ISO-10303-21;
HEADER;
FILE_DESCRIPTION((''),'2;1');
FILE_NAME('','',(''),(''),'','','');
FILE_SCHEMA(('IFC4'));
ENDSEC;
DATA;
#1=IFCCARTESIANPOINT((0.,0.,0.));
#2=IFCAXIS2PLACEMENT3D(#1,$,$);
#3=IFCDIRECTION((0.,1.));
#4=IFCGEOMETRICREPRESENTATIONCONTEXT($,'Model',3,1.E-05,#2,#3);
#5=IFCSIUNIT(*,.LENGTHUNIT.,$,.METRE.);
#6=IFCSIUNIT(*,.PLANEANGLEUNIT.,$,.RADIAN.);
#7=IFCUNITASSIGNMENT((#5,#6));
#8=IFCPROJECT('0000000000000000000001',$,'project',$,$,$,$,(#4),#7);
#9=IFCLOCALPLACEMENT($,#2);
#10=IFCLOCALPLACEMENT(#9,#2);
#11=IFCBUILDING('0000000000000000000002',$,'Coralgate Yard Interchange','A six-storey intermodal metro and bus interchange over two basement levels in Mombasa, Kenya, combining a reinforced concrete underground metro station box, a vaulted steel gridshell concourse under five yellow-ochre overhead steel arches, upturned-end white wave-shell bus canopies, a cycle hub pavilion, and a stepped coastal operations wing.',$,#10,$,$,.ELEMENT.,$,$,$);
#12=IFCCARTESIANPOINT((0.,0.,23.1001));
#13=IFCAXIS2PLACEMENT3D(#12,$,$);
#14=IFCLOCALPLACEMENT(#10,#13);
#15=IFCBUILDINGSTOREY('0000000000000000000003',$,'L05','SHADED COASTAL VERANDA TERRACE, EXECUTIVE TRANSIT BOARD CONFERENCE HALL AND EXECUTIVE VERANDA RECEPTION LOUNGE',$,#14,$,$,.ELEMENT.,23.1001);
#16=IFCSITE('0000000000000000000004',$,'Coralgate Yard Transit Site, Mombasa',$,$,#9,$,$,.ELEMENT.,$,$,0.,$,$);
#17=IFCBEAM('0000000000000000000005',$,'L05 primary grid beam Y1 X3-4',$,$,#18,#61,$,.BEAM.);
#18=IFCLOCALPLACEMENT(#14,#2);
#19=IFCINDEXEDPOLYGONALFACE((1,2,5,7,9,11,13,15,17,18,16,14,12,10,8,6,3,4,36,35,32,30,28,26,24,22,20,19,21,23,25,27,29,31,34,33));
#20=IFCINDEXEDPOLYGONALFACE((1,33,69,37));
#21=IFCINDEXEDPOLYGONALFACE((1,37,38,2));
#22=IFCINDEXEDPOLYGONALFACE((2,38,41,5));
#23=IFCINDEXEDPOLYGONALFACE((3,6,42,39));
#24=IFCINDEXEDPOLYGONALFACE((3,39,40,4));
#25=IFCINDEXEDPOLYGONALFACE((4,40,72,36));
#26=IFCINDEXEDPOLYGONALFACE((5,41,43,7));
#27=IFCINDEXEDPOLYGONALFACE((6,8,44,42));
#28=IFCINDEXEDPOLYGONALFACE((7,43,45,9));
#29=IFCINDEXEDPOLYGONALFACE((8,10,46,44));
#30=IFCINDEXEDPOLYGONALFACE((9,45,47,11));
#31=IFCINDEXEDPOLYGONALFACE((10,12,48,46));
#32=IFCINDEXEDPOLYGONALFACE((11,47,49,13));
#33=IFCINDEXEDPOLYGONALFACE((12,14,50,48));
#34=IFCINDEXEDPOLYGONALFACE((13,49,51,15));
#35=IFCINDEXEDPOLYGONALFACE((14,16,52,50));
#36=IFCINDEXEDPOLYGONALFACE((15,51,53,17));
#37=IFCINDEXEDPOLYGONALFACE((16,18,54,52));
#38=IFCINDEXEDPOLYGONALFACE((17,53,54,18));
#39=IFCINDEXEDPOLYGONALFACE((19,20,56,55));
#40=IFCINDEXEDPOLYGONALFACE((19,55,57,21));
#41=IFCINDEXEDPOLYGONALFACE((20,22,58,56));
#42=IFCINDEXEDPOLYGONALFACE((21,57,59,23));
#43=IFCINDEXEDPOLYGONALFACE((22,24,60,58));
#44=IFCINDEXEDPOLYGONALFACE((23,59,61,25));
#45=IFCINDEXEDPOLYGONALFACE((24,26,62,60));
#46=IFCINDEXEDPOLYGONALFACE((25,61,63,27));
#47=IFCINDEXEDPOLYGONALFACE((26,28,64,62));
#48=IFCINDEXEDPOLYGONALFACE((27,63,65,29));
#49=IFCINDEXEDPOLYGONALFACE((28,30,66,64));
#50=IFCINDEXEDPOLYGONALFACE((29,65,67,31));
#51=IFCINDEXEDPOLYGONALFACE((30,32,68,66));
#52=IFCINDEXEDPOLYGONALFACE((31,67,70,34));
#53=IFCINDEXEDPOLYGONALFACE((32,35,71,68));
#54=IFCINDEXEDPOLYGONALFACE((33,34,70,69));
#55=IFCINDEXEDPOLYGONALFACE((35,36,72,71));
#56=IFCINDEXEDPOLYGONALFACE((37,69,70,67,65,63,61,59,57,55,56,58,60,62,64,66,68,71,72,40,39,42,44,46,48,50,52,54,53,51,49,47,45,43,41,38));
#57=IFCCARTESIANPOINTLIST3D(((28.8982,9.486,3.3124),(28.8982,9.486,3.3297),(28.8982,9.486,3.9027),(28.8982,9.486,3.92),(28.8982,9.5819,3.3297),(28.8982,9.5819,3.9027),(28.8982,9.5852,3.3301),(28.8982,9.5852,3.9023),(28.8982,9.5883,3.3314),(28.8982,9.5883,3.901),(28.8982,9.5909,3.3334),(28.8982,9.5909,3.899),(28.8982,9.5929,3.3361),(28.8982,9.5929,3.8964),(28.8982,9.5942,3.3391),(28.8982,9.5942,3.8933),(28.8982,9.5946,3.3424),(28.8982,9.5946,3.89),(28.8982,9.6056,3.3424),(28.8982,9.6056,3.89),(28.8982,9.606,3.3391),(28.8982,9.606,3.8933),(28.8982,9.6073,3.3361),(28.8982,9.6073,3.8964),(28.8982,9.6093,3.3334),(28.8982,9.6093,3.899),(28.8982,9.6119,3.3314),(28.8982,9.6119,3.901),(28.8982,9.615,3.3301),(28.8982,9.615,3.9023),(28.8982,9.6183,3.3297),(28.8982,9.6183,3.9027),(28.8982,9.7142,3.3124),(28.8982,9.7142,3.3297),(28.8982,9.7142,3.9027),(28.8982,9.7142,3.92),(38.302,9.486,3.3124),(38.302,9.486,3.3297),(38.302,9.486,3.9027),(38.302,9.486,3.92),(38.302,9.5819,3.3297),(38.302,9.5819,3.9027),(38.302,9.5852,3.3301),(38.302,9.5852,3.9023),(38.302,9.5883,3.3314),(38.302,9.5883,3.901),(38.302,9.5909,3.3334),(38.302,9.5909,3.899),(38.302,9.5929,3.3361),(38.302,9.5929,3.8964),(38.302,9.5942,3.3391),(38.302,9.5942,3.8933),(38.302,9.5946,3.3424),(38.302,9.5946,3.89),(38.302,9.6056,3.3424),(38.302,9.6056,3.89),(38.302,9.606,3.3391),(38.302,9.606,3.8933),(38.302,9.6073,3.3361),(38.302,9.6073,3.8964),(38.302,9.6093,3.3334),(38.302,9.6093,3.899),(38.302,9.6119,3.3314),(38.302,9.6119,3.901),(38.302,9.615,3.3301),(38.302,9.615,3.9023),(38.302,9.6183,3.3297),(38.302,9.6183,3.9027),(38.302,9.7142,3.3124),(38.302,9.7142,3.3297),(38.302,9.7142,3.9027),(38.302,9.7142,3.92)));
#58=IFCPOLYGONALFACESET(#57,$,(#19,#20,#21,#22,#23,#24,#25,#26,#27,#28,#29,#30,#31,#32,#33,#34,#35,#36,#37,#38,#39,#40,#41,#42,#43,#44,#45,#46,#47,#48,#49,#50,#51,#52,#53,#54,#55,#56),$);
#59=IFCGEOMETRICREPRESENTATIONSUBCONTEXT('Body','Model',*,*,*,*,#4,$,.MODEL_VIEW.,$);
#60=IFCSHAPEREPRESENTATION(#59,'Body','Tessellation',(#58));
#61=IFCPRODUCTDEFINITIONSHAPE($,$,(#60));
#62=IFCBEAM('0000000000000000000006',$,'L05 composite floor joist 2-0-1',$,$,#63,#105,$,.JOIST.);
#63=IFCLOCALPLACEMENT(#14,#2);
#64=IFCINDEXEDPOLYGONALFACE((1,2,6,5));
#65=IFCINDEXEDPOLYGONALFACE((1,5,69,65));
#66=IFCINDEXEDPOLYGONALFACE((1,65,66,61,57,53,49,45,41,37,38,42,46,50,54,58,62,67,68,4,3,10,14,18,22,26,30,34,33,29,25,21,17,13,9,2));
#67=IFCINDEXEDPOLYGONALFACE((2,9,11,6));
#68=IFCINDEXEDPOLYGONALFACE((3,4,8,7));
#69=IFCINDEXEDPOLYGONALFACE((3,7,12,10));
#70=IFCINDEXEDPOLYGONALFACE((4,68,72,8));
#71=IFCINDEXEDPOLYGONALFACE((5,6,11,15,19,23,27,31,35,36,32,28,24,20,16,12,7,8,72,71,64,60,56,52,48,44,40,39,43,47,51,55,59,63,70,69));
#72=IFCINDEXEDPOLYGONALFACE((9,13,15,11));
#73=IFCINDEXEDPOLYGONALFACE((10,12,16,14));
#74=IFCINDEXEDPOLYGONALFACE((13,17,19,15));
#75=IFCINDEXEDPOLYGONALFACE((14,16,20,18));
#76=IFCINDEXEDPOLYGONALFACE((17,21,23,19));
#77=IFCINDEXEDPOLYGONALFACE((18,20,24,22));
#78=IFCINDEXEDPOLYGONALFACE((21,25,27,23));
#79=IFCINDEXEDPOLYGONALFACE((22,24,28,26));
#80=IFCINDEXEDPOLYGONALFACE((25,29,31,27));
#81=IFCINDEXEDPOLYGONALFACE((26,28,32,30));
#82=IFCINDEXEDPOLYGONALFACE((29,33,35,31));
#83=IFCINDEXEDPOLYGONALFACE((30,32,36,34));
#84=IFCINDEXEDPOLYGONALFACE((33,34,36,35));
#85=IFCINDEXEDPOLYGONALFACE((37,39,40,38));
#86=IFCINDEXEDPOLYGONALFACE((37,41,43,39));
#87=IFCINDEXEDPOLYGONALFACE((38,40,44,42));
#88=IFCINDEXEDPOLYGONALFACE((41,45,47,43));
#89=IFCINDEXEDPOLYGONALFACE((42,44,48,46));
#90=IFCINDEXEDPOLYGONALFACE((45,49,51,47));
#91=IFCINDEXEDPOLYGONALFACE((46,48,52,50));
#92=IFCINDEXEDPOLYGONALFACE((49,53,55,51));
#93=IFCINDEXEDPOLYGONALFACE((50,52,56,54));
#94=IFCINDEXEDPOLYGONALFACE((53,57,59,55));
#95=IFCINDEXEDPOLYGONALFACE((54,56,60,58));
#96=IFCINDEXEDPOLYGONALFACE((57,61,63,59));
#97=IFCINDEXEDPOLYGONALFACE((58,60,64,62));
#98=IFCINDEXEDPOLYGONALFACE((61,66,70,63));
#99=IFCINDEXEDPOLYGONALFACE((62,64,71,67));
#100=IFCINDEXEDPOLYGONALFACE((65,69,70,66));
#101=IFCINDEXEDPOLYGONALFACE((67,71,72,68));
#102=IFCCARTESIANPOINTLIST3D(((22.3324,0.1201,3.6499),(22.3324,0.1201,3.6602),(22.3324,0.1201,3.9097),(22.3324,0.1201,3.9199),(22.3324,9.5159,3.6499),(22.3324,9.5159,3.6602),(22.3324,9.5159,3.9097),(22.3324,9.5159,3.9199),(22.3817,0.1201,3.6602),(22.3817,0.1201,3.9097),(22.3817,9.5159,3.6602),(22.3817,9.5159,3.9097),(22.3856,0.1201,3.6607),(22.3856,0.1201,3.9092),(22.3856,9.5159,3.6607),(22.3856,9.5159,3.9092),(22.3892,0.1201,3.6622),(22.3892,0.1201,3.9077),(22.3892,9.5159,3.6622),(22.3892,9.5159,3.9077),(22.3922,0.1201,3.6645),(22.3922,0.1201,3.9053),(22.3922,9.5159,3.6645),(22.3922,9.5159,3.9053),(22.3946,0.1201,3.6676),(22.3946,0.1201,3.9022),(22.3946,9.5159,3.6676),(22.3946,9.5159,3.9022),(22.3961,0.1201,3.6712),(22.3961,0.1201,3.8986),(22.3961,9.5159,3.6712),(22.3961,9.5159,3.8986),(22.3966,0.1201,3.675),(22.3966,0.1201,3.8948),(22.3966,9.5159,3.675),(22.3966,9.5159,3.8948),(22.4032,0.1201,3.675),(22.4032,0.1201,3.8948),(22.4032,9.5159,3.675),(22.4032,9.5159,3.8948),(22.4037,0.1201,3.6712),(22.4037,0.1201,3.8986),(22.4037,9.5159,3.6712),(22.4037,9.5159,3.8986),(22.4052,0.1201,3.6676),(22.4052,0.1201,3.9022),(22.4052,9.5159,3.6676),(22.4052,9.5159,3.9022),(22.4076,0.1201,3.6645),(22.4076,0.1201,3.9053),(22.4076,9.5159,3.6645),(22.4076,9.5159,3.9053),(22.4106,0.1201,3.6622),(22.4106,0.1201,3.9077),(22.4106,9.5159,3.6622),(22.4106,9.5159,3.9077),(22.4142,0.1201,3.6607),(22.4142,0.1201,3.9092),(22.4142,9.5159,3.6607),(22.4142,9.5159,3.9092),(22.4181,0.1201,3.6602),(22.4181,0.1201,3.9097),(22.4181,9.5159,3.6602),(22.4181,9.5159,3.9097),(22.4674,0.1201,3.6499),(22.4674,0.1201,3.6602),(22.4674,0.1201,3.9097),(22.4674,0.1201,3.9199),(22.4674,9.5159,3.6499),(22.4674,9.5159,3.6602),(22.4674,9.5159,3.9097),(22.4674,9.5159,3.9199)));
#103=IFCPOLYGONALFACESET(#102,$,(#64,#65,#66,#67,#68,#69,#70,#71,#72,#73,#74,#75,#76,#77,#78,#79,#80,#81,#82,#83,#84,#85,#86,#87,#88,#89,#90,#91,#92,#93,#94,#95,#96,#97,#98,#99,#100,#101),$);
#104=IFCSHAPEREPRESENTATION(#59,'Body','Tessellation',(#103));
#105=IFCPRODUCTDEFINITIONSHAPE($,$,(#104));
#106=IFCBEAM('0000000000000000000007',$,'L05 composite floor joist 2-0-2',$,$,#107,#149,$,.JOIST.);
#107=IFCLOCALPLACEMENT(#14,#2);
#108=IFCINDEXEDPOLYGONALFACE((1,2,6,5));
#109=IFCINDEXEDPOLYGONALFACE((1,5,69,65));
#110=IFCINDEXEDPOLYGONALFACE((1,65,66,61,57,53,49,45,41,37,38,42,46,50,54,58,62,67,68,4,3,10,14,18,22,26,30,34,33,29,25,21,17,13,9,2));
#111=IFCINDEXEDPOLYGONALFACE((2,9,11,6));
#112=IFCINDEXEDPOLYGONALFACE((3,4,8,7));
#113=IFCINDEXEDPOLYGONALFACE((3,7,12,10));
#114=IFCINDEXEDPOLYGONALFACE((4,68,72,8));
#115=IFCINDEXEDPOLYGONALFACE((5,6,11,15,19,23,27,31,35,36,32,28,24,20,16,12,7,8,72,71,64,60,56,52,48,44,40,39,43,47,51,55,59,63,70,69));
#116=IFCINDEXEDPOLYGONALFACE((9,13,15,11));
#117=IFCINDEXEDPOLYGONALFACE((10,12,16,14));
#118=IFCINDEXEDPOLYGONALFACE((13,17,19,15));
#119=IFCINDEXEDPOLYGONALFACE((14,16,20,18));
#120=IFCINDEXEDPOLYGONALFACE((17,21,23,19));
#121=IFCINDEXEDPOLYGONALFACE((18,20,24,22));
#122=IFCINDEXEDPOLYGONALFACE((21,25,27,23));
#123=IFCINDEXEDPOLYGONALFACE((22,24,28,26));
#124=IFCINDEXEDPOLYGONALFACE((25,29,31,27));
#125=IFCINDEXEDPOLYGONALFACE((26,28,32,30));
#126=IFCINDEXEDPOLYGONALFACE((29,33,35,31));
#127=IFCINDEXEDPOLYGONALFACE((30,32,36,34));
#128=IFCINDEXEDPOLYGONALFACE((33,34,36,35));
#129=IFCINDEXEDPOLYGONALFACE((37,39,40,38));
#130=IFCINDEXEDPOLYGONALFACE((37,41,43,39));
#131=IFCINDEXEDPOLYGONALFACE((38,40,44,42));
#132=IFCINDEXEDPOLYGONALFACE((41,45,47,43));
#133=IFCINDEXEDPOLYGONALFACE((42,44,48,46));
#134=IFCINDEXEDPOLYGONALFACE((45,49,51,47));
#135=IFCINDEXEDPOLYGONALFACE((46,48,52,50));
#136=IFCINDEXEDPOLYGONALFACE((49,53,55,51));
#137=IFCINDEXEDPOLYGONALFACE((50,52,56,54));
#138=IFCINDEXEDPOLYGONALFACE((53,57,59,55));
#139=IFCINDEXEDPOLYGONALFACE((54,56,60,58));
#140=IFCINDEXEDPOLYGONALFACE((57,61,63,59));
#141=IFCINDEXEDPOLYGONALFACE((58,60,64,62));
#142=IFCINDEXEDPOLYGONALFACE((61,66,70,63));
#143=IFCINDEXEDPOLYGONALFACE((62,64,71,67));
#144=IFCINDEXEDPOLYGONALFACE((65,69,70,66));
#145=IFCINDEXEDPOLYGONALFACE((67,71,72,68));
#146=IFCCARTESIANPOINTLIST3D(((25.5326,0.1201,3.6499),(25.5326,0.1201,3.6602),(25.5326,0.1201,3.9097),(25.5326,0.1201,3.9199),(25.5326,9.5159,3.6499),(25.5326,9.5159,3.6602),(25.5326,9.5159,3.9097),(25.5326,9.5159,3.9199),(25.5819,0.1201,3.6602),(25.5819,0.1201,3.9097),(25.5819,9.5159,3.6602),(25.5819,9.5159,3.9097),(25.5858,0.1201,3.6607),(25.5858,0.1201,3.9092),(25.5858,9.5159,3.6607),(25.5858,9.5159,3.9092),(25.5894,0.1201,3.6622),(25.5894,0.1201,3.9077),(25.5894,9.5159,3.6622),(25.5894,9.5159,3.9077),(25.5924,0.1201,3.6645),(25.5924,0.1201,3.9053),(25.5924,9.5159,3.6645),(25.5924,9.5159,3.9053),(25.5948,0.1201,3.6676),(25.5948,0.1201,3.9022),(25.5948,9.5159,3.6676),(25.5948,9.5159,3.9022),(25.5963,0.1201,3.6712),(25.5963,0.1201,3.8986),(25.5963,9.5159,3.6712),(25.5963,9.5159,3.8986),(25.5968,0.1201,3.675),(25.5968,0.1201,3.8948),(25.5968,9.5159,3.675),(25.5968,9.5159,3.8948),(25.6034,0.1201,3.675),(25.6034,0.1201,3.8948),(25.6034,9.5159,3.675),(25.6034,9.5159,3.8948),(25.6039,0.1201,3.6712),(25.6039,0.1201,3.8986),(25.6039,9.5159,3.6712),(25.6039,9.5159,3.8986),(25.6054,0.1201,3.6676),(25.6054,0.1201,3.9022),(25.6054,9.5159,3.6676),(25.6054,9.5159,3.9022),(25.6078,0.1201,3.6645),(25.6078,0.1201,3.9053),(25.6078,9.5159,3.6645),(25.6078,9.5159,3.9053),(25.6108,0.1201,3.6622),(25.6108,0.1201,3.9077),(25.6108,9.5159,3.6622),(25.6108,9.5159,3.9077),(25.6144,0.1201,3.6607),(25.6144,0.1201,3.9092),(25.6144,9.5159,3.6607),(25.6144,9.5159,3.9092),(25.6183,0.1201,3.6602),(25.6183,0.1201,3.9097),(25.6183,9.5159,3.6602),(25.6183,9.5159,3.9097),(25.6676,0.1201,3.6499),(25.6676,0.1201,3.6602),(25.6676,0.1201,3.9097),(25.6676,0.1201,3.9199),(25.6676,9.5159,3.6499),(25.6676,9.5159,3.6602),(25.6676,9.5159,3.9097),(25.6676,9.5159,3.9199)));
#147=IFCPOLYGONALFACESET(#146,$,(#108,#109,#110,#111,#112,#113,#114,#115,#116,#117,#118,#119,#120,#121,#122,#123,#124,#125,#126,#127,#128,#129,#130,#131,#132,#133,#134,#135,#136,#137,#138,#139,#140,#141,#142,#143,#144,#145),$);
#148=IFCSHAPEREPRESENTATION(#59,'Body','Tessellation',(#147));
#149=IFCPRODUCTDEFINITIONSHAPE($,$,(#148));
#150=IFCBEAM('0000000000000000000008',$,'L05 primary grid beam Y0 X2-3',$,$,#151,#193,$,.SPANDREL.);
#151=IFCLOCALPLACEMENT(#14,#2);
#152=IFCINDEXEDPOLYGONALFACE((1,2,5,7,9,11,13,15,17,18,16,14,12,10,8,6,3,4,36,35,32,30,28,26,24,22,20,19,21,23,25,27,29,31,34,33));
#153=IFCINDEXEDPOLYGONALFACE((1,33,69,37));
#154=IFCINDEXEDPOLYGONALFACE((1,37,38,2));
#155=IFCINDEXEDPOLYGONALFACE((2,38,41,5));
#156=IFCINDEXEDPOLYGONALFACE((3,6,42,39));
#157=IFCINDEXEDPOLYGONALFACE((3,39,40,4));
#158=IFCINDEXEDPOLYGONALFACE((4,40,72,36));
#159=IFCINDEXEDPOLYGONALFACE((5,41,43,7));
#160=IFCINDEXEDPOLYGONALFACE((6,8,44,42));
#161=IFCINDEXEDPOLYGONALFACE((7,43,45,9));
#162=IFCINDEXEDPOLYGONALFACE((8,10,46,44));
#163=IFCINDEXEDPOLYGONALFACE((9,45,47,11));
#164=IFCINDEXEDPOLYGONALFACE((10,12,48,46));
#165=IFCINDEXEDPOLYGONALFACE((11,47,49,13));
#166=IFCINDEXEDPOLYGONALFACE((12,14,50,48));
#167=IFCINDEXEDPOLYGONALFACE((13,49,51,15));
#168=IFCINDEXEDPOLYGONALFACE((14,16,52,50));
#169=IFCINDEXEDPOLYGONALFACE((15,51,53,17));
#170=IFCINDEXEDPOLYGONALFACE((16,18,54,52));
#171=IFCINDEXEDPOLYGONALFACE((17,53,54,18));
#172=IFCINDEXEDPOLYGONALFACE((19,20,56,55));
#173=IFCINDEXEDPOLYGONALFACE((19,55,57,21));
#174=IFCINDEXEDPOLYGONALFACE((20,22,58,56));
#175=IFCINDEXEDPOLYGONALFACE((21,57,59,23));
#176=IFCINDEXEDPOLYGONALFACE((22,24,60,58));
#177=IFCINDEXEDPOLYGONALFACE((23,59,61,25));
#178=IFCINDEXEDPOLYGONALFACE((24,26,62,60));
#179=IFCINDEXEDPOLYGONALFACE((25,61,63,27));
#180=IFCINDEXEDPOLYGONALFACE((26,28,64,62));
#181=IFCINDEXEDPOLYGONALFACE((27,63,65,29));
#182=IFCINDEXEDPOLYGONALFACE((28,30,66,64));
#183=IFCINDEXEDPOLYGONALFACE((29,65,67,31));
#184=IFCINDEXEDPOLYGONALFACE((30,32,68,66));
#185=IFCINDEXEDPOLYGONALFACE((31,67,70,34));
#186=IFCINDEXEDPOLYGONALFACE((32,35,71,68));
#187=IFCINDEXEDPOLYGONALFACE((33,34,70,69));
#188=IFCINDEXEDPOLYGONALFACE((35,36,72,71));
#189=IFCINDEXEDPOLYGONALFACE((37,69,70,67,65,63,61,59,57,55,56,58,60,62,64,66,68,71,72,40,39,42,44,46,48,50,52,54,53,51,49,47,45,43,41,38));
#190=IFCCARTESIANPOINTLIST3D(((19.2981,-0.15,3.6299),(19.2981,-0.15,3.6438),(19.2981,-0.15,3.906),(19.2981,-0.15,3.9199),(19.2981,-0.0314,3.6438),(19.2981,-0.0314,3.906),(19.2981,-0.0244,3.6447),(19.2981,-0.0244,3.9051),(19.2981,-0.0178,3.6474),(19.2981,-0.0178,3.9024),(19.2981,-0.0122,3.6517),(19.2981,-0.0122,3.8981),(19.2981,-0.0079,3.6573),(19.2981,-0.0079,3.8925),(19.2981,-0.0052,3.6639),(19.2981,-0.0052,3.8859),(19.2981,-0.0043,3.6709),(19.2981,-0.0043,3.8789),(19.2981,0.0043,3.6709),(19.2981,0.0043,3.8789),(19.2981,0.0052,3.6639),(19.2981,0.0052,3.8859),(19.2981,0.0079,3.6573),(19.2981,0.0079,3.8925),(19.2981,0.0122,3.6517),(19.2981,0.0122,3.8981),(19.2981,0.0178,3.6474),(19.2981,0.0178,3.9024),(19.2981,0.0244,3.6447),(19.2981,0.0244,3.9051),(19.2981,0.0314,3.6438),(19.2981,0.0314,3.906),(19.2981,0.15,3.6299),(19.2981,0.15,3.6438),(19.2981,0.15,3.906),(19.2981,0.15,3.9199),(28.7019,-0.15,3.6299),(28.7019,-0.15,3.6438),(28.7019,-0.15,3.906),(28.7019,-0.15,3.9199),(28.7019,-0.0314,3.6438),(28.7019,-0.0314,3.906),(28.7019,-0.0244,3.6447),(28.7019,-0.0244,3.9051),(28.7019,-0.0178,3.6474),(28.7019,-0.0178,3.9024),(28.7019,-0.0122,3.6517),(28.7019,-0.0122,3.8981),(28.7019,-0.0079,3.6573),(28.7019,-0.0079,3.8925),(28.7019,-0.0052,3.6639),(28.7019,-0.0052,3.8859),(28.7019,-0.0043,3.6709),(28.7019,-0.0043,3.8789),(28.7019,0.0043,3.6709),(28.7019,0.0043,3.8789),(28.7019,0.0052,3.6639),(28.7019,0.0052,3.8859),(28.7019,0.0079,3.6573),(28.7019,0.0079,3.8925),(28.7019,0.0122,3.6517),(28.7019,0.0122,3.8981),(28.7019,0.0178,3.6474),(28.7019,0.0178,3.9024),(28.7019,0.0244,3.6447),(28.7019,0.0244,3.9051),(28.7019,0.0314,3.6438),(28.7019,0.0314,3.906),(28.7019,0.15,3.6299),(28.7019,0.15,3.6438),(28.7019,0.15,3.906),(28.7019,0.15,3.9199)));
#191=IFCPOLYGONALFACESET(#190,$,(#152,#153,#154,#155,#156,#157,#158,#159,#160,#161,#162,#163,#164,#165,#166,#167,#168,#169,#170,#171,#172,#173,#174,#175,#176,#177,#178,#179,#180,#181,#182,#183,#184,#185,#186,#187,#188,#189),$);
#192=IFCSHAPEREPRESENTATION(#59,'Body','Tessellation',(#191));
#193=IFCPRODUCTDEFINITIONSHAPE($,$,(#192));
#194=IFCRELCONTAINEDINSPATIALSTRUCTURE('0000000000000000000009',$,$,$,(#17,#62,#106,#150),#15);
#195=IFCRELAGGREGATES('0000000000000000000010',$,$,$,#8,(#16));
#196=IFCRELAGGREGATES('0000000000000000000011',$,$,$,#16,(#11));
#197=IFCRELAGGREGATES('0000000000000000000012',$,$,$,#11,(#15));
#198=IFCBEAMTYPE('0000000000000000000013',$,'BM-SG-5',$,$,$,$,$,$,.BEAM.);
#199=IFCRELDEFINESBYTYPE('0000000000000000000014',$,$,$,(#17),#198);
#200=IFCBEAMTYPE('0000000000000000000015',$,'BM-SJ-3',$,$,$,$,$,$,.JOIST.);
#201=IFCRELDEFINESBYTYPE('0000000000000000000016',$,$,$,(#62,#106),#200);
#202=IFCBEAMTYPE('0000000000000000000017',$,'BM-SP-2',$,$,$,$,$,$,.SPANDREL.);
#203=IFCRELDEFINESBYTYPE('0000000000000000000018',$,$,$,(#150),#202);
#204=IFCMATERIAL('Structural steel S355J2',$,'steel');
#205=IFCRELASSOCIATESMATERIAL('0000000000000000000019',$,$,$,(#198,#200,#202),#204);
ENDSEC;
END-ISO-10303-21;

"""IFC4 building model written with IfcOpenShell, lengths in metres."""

from ifc_helpers import new_model, si_unit, direction, frame, origin, origin_2d, place, context, subcontext, project, spatial, i_section, extrude, material, material_profile, profile_set, type_object, element, save


model = new_model("IFC4")

# Units and contexts
model_context = context("Model", 3, precision=1e-05, world=origin(), true_north=direction((0.0, 1.0)))
body_context = subcontext(model_context, "Body", "Model", "MODEL_VIEW")
ifc_project = project(units=[si_unit("LENGTHUNIT", "METRE"), si_unit("PLANEANGLEUNIT", "RADIAN")], contexts=[model_context])

# Site, building, storey
site_placement = place(None, origin())
site = spatial("IfcSite", under=ifc_project, at=site_placement, Name="Coralgate Yard Transit Site, Mombasa", CompositionType="ELEMENT", RefElevation=0.0)
building_placement = place(site_placement, origin())
building = spatial("IfcBuilding", under=site, at=building_placement, Name="Coralgate Yard Interchange", Description="A six-storey intermodal metro and bus interchange over two basement levels in Mombasa, Kenya, combining a reinforced concrete underground metro station box, a vaulted steel gridshell concourse under five yellow-ochre overhead steel arches, upturned-end white wave-shell bus canopies, a cycle hub pavilion, and a stepped coastal operations wing.", CompositionType="ELEMENT")
storey_placement = place(building_placement, frame((0.0, 0.0, 23.1001)))
storey = spatial("IfcBuildingStorey", under=building, at=storey_placement, Name="L05", Description="SHADED COASTAL VERANDA TERRACE, EXECUTIVE TRANSIT BOARD CONFERENCE HALL AND EXECUTIVE VERANDA RECEPTION LOUNGE", CompositionType="ELEMENT", Elevation=23.1001)

# Shared definitions
ifc_material_1 = material(Name="Structural steel S355J2", Category="steel")

# Beams
ifc_material_profile_1 = material_profile(ifc_material_1, i_section(OverallWidth=0.2283, OverallDepth=0.6077, WebThickness=0.011, FlangeThickness=0.0173, FilletRadius=0.0127, at=origin_2d()), Name="UB 610x229x113")
ifc_profile_set_1 = profile_set([ifc_material_profile_1], Name="Structural steel S355J2")
beam_type_1 = type_object("IfcBeamType", Name="BM-SG-5", PredefinedType="BEAM", material=ifc_profile_set_1)
for number, where, z_axis, x_axis, name in (
    (1, (28.8982, 9.6001, 3.6162), (1.0, 0.0, 0.0), (0.0, 1.0, 0.0), "L05 primary grid beam Y1 X3-4"),
):
    element("IfcBeam", number, at=place(storey_placement, frame(where, z_axis=z_axis, x_axis=x_axis)), inside=storey, type_object=beam_type_1, Name=name, PredefinedType="BEAM", context=body_context, shape_type="SweptSolid", body=[
        extrude(i_section(OverallWidth=0.2283, OverallDepth=0.6077, WebThickness=0.011, FlangeThickness=0.0173, FilletRadius=0.0127, at=origin_2d()), origin(), (0.0, 0.0, 1.0), 9.4038),
    ])
ifc_material_profile_2 = material_profile(ifc_material_1, i_section(OverallWidth=0.135, OverallDepth=0.27, WebThickness=0.0066, FlangeThickness=0.0103, FilletRadius=0.0149, at=origin_2d()), Name="IPE 270")
ifc_profile_set_2 = profile_set([ifc_material_profile_2], Name="Structural steel S355J2")
beam_type_2 = type_object("IfcBeamType", Name="BM-SJ-3", PredefinedType="JOIST", material=ifc_profile_set_2)
for number, where, z_axis, x_axis, name in (
    (2, (22.3999, 0.1201, 3.7849), (0.0, 1.0, 0.0), (-1.0, 0.0, 0.0), "L05 composite floor joist 2-0-1"),
    (3, (25.6001, 0.1201, 3.7849), (0.0, 1.0, 0.0), (-1.0, 0.0, 0.0), "L05 composite floor joist 2-0-2"),
):
    element("IfcBeam", number, at=place(storey_placement, frame(where, z_axis=z_axis, x_axis=x_axis)), inside=storey, type_object=beam_type_2, Name=name, PredefinedType="JOIST", context=body_context, shape_type="SweptSolid", body=[
        extrude(i_section(OverallWidth=0.135, OverallDepth=0.27, WebThickness=0.0066, FlangeThickness=0.0103, FilletRadius=0.0149, at=origin_2d()), origin(), (0.0, 0.0, 1.0), 9.3958),
    ])
ifc_material_profile_3 = material_profile(ifc_material_1, i_section(OverallWidth=0.3, OverallDepth=0.29, WebThickness=0.0085, FlangeThickness=0.0139, FilletRadius=0.0271, at=origin_2d()), Name="HEA 300")
ifc_profile_set_3 = profile_set([ifc_material_profile_3], Name="Structural steel S355J2")
beam_type_3 = type_object("IfcBeamType", Name="BM-SP-2", PredefinedType="SPANDREL", material=ifc_profile_set_3)
for number, where, z_axis, x_axis, name in (
    (4, (19.2981, 0.0, 3.7749), (1.0, 0.0, 0.0), (0.0, 1.0, 0.0), "L05 primary grid beam Y0 X2-3"),
):
    element("IfcBeam", number, at=place(storey_placement, frame(where, z_axis=z_axis, x_axis=x_axis)), inside=storey, type_object=beam_type_3, Name=name, PredefinedType="SPANDREL", context=body_context, shape_type="SweptSolid", body=[
        extrude(i_section(OverallWidth=0.3, OverallDepth=0.29, WebThickness=0.0085, FlangeThickness=0.0139, FilletRadius=0.0271, at=origin_2d()), origin(), (0.0, 0.0, 1.0), 9.4038),
    ])

save(model, "model.ifc")
